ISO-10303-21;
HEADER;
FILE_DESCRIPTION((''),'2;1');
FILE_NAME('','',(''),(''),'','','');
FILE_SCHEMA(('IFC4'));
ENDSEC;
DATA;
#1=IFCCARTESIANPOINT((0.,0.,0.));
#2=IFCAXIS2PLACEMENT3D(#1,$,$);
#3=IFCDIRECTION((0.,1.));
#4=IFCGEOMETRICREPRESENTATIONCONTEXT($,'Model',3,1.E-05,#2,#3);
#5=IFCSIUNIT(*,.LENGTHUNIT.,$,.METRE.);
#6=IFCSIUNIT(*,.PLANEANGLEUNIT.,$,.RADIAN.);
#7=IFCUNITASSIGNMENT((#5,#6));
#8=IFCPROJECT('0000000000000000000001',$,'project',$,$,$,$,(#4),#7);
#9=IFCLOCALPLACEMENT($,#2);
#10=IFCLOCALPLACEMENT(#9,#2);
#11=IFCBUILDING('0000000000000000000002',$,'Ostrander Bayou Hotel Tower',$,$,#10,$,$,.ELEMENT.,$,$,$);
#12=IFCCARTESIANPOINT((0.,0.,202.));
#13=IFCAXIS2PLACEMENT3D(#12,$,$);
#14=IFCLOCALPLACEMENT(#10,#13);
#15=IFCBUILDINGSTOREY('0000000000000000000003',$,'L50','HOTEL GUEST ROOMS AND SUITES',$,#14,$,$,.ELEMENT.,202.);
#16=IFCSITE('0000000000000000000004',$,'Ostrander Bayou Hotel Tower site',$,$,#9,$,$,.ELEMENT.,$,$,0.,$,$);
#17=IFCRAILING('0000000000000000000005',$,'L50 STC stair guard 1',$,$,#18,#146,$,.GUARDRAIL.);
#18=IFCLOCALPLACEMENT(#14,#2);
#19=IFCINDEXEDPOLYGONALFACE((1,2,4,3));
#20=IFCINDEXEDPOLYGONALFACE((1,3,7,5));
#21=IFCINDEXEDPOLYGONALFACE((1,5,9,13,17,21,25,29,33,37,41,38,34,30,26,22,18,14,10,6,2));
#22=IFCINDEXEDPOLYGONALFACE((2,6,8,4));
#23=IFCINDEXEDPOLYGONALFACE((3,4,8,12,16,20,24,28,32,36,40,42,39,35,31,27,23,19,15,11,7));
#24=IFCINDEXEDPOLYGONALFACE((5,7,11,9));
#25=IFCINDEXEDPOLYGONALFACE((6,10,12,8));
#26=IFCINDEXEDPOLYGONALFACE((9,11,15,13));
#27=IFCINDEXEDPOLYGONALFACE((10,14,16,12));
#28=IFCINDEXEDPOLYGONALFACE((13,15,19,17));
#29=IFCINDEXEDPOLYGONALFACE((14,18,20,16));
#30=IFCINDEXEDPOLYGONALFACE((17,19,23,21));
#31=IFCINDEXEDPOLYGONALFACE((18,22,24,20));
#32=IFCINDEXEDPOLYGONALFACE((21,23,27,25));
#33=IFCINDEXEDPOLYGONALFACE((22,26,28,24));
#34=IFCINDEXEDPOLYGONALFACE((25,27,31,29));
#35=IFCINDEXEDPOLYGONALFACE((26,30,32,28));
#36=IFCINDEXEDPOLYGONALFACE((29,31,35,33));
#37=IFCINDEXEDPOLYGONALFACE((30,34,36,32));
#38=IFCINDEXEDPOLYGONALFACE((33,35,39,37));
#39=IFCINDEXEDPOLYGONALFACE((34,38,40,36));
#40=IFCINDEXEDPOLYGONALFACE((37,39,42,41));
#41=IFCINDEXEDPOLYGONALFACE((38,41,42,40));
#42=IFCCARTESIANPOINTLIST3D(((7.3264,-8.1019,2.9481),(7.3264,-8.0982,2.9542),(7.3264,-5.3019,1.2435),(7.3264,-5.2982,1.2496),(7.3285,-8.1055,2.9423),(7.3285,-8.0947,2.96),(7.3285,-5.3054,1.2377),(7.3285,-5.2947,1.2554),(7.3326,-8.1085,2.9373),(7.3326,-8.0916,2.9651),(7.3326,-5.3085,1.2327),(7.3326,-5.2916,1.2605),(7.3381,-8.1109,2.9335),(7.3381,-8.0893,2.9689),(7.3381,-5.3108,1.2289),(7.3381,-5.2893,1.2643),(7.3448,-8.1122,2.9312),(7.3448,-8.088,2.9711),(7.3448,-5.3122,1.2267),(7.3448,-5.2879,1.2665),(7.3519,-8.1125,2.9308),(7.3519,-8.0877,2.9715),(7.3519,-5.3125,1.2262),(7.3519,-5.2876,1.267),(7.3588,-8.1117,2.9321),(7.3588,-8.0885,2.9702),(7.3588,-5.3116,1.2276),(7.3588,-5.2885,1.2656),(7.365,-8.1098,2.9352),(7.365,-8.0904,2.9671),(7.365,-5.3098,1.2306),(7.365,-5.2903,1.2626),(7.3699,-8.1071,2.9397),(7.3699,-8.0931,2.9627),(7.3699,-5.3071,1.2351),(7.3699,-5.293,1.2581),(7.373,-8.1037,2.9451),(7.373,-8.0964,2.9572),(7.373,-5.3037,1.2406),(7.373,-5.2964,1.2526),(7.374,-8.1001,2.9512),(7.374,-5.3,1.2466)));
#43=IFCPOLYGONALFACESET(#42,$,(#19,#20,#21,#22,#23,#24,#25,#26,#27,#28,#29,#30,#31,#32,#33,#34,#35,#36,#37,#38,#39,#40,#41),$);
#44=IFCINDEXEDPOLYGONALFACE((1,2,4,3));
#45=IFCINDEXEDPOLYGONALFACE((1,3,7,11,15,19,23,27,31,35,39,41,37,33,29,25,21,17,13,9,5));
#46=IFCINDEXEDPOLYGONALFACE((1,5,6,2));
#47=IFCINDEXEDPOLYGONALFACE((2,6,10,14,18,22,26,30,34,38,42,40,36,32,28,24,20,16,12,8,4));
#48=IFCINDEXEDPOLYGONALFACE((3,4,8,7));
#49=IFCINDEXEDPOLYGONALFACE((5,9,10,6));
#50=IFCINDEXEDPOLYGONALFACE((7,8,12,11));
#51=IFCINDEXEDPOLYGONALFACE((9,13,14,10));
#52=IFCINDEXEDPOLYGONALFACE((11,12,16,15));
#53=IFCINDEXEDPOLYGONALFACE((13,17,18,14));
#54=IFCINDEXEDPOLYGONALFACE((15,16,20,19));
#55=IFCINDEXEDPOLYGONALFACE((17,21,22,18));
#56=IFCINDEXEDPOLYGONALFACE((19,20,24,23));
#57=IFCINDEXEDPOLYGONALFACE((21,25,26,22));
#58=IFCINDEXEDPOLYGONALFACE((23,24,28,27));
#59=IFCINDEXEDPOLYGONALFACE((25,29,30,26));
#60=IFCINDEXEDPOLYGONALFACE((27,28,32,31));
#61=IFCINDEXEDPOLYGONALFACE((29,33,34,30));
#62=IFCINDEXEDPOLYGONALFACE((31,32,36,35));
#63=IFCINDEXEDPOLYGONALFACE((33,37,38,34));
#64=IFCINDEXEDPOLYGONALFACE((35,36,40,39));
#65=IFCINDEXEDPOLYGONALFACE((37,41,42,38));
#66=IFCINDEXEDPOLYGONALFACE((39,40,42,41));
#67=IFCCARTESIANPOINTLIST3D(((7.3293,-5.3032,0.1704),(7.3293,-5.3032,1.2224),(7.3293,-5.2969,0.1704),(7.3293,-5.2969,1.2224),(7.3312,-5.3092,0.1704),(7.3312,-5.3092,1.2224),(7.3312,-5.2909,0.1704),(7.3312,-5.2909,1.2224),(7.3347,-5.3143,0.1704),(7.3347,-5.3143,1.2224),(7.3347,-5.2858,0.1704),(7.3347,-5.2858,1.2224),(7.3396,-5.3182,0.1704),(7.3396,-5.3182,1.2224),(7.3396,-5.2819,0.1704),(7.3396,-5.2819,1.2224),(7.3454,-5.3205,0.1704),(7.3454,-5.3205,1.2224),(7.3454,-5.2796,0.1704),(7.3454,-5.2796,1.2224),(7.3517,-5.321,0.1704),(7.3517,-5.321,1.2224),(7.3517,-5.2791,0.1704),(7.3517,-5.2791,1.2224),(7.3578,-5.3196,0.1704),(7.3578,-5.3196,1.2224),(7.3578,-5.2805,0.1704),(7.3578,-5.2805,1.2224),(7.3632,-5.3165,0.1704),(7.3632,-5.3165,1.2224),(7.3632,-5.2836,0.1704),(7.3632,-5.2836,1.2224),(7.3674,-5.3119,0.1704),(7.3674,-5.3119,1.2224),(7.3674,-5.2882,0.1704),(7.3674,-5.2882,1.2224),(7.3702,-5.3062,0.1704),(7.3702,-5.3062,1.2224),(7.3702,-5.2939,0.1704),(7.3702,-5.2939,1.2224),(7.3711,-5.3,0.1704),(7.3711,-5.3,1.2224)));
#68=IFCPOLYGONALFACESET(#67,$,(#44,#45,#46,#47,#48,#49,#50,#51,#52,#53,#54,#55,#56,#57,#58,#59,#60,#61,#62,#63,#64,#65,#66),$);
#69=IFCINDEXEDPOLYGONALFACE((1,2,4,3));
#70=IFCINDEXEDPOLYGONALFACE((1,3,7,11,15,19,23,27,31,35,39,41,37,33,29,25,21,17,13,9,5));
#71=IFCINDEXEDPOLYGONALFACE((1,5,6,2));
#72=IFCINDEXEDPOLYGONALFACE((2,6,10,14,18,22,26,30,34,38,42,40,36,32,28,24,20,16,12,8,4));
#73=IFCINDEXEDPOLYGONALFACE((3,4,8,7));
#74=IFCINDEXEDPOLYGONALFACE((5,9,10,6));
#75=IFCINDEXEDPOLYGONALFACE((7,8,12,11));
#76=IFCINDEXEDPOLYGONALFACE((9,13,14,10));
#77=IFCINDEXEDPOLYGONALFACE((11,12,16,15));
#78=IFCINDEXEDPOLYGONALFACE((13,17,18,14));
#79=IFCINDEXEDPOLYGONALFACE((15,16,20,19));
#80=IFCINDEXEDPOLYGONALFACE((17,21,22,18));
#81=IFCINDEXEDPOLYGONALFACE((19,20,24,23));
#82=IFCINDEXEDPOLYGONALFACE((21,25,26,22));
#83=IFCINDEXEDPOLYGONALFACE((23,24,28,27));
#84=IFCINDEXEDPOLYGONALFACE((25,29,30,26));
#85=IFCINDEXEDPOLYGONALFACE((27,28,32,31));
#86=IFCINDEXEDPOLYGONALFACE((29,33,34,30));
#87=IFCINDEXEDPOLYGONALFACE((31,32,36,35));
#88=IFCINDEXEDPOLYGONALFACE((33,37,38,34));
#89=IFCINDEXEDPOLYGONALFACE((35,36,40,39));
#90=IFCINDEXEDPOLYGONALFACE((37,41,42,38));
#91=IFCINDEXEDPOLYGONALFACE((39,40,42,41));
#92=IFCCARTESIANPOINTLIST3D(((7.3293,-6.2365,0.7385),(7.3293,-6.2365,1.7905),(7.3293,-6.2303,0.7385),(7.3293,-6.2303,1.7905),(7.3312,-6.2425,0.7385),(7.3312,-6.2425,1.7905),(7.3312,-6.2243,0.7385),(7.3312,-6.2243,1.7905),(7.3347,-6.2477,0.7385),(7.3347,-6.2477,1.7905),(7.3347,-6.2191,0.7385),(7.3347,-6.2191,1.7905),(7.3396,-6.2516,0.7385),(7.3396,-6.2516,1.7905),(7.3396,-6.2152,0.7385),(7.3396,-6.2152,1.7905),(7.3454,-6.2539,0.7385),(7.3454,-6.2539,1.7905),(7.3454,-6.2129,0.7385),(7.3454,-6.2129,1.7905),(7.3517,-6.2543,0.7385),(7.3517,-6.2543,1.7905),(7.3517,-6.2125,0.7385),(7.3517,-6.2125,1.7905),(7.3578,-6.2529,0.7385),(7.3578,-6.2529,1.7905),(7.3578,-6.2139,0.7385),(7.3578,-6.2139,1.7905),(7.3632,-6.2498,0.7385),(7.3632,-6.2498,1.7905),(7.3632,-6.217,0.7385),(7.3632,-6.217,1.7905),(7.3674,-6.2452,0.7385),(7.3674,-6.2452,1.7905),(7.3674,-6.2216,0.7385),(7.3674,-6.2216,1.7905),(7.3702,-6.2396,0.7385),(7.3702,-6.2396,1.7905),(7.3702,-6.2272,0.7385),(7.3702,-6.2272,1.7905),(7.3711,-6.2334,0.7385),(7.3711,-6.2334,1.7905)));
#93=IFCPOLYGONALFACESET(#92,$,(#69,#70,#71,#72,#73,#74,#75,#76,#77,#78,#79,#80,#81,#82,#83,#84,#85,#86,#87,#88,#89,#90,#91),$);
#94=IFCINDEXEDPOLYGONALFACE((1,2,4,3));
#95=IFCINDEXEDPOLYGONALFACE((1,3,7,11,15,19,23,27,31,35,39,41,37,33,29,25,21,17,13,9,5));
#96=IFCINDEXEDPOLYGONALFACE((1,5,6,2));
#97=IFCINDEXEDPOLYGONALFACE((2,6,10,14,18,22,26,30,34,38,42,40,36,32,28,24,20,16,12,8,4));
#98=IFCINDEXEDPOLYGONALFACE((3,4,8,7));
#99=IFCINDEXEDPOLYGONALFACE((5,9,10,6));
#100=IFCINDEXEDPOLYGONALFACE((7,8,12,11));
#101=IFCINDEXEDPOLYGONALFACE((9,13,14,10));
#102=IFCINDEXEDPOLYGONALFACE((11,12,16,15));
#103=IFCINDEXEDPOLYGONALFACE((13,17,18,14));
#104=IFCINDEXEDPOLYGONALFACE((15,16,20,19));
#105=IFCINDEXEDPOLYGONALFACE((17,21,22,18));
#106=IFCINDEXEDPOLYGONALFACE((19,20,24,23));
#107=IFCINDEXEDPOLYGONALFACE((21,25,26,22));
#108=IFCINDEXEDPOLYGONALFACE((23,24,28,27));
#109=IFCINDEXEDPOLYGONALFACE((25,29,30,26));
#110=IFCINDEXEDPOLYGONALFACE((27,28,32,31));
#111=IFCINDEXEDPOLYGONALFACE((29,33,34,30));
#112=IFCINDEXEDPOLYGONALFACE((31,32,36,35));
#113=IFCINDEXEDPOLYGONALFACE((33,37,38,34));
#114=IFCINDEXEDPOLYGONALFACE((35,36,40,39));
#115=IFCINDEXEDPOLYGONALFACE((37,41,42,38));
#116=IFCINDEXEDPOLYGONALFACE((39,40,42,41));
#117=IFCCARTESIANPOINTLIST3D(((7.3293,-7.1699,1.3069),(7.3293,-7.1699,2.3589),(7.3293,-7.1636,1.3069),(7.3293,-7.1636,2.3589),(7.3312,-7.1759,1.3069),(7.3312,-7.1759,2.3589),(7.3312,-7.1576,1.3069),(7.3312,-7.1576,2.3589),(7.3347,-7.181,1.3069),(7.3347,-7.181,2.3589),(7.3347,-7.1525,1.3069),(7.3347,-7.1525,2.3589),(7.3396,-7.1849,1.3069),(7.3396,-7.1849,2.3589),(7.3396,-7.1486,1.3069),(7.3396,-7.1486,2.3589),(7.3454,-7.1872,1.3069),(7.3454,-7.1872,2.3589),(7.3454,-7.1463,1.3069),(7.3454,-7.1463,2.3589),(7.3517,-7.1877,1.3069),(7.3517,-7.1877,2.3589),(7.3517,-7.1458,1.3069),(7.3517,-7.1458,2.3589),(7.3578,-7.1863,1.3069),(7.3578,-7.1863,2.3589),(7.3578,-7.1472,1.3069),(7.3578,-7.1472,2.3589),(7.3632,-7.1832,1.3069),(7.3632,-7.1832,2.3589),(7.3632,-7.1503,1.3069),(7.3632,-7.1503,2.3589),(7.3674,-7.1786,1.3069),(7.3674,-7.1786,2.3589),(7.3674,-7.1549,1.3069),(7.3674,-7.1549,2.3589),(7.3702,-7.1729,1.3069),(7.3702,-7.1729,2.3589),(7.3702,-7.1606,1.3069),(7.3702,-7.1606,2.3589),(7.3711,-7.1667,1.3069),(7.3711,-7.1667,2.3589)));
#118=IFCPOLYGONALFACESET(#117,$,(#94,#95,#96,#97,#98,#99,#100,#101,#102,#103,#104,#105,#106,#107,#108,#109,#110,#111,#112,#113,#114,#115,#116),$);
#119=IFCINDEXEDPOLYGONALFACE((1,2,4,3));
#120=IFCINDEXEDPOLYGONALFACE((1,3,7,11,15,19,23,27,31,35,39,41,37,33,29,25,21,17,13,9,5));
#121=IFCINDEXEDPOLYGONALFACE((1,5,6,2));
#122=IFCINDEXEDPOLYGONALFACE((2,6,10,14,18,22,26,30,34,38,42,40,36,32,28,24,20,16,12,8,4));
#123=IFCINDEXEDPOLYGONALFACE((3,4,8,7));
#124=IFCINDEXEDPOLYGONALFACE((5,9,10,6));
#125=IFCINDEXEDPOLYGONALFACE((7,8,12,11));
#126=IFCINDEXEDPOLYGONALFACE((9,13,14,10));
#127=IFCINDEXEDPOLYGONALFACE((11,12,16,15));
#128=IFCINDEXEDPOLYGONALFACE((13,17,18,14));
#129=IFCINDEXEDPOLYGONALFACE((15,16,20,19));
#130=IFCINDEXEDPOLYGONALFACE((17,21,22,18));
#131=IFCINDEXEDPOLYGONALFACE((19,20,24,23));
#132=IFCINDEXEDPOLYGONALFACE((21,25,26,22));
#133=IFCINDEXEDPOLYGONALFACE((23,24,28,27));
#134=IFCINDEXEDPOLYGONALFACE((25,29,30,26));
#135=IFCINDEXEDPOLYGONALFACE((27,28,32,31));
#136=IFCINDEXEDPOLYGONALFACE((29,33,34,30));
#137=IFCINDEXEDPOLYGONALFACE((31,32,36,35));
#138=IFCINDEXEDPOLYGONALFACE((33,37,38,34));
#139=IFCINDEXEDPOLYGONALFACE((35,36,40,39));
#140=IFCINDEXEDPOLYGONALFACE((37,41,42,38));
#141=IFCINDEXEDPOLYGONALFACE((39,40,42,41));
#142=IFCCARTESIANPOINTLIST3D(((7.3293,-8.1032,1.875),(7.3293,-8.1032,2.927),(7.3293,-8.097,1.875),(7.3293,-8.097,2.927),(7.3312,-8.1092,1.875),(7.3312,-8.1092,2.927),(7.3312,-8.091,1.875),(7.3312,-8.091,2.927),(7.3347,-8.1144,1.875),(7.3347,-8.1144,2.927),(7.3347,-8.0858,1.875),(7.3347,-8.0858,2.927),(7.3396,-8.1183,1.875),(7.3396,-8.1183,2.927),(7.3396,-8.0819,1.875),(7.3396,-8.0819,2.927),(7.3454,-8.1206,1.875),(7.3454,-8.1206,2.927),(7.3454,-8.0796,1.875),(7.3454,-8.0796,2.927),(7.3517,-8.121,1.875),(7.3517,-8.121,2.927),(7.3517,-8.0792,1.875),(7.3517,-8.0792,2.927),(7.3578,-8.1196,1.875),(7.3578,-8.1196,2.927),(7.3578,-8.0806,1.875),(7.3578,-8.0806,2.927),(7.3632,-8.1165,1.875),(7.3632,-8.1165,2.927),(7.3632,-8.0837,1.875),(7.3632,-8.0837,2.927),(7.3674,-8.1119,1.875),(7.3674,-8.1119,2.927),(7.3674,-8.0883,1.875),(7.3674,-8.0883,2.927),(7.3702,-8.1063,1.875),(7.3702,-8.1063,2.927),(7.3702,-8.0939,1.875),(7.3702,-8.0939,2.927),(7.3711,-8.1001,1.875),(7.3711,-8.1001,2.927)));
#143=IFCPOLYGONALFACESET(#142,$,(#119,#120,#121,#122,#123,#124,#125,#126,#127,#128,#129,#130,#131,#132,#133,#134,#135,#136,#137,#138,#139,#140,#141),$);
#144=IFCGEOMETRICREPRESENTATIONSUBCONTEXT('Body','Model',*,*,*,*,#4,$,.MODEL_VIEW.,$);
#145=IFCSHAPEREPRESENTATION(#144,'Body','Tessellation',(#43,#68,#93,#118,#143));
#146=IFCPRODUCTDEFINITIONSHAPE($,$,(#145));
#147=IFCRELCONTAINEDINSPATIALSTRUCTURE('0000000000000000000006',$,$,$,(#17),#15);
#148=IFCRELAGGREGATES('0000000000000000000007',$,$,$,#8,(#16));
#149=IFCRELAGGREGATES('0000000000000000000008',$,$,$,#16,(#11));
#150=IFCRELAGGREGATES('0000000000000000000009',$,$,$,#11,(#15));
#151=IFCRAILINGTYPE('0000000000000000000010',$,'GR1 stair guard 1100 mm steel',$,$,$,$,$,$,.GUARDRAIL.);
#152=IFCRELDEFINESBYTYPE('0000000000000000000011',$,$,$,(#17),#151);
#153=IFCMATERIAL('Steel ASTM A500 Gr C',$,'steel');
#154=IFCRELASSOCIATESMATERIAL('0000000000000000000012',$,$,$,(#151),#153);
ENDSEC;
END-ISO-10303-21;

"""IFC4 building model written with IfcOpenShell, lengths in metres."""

from ifc_helpers import new_model, si_unit, direction, frame, origin, origin_2d, place, context, subcontext, project, spatial, circle, extrude, material, type_object, element, save


model = new_model("IFC4")

# Units and contexts
model_context = context("Model", 3, precision=1e-05, world=origin(), true_north=direction((0.0, 1.0)))
body_context = subcontext(model_context, "Body", "Model", "MODEL_VIEW")
ifc_project = project(units=[si_unit("LENGTHUNIT", "METRE"), si_unit("PLANEANGLEUNIT", "RADIAN")], contexts=[model_context])

# Site, building, storey
site_placement = place(None, origin())
site = spatial("IfcSite", under=ifc_project, at=site_placement, Name="Ostrander Bayou Hotel Tower site", CompositionType="ELEMENT", RefElevation=0.0)
building_placement = place(site_placement, origin())
building = spatial("IfcBuilding", under=site, at=building_placement, Name="Ostrander Bayou Hotel Tower", CompositionType="ELEMENT")
storey_placement = place(building_placement, frame((0.0, 0.0, 202.0)))
storey = spatial("IfcBuildingStorey", under=building, at=storey_placement, Name="L50", Description="HOTEL GUEST ROOMS AND SUITES", CompositionType="ELEMENT", Elevation=202.0)

# Railing
ifc_material_1 = material(Name="Steel ASTM A500 Gr C", Category="steel")
railing_type_1 = type_object("IfcRailingType", Name="GR1 stair guard 1100 mm steel", PredefinedType="GUARDRAIL", material=ifc_material_1)
railing_1_placement = place(storey_placement, frame((7.3501, -5.3, 0.1704)))
element("IfcRailing", 1, at=railing_1_placement, inside=storey, type_object=railing_type_1, Name="L50 STC stair guard 1", PredefinedType="GUARDRAIL", context=body_context, shape_type="SweptSolid", body=[
    extrude(circle(Radius=0.0239, at=origin_2d()), frame((0.0, 0.0, 1.0762), z_axis=(0.0, -0.85417, 0.519994), x_axis=(1.0, 0.0, 0.0)), (0.0, 0.0, 1.0), 3.2781),
    extrude(circle(Radius=0.021, at=origin_2d()), origin(), (0.0, 0.0, 1.0), 1.052),
    extrude(circle(Radius=0.021, at=origin_2d()), frame((0.0, -0.9333, 0.5681)), (0.0, 0.0, 1.0), 1.052),
    extrude(circle(Radius=0.021, at=origin_2d()), frame((0.0, -1.8667, 1.1365)), (0.0, 0.0, 1.0), 1.052),
    extrude(circle(Radius=0.021, at=origin_2d()), frame((0.0, -2.8, 1.7046)), (0.0, 0.0, 1.0), 1.052),
])

save(model, "model.ifc")
